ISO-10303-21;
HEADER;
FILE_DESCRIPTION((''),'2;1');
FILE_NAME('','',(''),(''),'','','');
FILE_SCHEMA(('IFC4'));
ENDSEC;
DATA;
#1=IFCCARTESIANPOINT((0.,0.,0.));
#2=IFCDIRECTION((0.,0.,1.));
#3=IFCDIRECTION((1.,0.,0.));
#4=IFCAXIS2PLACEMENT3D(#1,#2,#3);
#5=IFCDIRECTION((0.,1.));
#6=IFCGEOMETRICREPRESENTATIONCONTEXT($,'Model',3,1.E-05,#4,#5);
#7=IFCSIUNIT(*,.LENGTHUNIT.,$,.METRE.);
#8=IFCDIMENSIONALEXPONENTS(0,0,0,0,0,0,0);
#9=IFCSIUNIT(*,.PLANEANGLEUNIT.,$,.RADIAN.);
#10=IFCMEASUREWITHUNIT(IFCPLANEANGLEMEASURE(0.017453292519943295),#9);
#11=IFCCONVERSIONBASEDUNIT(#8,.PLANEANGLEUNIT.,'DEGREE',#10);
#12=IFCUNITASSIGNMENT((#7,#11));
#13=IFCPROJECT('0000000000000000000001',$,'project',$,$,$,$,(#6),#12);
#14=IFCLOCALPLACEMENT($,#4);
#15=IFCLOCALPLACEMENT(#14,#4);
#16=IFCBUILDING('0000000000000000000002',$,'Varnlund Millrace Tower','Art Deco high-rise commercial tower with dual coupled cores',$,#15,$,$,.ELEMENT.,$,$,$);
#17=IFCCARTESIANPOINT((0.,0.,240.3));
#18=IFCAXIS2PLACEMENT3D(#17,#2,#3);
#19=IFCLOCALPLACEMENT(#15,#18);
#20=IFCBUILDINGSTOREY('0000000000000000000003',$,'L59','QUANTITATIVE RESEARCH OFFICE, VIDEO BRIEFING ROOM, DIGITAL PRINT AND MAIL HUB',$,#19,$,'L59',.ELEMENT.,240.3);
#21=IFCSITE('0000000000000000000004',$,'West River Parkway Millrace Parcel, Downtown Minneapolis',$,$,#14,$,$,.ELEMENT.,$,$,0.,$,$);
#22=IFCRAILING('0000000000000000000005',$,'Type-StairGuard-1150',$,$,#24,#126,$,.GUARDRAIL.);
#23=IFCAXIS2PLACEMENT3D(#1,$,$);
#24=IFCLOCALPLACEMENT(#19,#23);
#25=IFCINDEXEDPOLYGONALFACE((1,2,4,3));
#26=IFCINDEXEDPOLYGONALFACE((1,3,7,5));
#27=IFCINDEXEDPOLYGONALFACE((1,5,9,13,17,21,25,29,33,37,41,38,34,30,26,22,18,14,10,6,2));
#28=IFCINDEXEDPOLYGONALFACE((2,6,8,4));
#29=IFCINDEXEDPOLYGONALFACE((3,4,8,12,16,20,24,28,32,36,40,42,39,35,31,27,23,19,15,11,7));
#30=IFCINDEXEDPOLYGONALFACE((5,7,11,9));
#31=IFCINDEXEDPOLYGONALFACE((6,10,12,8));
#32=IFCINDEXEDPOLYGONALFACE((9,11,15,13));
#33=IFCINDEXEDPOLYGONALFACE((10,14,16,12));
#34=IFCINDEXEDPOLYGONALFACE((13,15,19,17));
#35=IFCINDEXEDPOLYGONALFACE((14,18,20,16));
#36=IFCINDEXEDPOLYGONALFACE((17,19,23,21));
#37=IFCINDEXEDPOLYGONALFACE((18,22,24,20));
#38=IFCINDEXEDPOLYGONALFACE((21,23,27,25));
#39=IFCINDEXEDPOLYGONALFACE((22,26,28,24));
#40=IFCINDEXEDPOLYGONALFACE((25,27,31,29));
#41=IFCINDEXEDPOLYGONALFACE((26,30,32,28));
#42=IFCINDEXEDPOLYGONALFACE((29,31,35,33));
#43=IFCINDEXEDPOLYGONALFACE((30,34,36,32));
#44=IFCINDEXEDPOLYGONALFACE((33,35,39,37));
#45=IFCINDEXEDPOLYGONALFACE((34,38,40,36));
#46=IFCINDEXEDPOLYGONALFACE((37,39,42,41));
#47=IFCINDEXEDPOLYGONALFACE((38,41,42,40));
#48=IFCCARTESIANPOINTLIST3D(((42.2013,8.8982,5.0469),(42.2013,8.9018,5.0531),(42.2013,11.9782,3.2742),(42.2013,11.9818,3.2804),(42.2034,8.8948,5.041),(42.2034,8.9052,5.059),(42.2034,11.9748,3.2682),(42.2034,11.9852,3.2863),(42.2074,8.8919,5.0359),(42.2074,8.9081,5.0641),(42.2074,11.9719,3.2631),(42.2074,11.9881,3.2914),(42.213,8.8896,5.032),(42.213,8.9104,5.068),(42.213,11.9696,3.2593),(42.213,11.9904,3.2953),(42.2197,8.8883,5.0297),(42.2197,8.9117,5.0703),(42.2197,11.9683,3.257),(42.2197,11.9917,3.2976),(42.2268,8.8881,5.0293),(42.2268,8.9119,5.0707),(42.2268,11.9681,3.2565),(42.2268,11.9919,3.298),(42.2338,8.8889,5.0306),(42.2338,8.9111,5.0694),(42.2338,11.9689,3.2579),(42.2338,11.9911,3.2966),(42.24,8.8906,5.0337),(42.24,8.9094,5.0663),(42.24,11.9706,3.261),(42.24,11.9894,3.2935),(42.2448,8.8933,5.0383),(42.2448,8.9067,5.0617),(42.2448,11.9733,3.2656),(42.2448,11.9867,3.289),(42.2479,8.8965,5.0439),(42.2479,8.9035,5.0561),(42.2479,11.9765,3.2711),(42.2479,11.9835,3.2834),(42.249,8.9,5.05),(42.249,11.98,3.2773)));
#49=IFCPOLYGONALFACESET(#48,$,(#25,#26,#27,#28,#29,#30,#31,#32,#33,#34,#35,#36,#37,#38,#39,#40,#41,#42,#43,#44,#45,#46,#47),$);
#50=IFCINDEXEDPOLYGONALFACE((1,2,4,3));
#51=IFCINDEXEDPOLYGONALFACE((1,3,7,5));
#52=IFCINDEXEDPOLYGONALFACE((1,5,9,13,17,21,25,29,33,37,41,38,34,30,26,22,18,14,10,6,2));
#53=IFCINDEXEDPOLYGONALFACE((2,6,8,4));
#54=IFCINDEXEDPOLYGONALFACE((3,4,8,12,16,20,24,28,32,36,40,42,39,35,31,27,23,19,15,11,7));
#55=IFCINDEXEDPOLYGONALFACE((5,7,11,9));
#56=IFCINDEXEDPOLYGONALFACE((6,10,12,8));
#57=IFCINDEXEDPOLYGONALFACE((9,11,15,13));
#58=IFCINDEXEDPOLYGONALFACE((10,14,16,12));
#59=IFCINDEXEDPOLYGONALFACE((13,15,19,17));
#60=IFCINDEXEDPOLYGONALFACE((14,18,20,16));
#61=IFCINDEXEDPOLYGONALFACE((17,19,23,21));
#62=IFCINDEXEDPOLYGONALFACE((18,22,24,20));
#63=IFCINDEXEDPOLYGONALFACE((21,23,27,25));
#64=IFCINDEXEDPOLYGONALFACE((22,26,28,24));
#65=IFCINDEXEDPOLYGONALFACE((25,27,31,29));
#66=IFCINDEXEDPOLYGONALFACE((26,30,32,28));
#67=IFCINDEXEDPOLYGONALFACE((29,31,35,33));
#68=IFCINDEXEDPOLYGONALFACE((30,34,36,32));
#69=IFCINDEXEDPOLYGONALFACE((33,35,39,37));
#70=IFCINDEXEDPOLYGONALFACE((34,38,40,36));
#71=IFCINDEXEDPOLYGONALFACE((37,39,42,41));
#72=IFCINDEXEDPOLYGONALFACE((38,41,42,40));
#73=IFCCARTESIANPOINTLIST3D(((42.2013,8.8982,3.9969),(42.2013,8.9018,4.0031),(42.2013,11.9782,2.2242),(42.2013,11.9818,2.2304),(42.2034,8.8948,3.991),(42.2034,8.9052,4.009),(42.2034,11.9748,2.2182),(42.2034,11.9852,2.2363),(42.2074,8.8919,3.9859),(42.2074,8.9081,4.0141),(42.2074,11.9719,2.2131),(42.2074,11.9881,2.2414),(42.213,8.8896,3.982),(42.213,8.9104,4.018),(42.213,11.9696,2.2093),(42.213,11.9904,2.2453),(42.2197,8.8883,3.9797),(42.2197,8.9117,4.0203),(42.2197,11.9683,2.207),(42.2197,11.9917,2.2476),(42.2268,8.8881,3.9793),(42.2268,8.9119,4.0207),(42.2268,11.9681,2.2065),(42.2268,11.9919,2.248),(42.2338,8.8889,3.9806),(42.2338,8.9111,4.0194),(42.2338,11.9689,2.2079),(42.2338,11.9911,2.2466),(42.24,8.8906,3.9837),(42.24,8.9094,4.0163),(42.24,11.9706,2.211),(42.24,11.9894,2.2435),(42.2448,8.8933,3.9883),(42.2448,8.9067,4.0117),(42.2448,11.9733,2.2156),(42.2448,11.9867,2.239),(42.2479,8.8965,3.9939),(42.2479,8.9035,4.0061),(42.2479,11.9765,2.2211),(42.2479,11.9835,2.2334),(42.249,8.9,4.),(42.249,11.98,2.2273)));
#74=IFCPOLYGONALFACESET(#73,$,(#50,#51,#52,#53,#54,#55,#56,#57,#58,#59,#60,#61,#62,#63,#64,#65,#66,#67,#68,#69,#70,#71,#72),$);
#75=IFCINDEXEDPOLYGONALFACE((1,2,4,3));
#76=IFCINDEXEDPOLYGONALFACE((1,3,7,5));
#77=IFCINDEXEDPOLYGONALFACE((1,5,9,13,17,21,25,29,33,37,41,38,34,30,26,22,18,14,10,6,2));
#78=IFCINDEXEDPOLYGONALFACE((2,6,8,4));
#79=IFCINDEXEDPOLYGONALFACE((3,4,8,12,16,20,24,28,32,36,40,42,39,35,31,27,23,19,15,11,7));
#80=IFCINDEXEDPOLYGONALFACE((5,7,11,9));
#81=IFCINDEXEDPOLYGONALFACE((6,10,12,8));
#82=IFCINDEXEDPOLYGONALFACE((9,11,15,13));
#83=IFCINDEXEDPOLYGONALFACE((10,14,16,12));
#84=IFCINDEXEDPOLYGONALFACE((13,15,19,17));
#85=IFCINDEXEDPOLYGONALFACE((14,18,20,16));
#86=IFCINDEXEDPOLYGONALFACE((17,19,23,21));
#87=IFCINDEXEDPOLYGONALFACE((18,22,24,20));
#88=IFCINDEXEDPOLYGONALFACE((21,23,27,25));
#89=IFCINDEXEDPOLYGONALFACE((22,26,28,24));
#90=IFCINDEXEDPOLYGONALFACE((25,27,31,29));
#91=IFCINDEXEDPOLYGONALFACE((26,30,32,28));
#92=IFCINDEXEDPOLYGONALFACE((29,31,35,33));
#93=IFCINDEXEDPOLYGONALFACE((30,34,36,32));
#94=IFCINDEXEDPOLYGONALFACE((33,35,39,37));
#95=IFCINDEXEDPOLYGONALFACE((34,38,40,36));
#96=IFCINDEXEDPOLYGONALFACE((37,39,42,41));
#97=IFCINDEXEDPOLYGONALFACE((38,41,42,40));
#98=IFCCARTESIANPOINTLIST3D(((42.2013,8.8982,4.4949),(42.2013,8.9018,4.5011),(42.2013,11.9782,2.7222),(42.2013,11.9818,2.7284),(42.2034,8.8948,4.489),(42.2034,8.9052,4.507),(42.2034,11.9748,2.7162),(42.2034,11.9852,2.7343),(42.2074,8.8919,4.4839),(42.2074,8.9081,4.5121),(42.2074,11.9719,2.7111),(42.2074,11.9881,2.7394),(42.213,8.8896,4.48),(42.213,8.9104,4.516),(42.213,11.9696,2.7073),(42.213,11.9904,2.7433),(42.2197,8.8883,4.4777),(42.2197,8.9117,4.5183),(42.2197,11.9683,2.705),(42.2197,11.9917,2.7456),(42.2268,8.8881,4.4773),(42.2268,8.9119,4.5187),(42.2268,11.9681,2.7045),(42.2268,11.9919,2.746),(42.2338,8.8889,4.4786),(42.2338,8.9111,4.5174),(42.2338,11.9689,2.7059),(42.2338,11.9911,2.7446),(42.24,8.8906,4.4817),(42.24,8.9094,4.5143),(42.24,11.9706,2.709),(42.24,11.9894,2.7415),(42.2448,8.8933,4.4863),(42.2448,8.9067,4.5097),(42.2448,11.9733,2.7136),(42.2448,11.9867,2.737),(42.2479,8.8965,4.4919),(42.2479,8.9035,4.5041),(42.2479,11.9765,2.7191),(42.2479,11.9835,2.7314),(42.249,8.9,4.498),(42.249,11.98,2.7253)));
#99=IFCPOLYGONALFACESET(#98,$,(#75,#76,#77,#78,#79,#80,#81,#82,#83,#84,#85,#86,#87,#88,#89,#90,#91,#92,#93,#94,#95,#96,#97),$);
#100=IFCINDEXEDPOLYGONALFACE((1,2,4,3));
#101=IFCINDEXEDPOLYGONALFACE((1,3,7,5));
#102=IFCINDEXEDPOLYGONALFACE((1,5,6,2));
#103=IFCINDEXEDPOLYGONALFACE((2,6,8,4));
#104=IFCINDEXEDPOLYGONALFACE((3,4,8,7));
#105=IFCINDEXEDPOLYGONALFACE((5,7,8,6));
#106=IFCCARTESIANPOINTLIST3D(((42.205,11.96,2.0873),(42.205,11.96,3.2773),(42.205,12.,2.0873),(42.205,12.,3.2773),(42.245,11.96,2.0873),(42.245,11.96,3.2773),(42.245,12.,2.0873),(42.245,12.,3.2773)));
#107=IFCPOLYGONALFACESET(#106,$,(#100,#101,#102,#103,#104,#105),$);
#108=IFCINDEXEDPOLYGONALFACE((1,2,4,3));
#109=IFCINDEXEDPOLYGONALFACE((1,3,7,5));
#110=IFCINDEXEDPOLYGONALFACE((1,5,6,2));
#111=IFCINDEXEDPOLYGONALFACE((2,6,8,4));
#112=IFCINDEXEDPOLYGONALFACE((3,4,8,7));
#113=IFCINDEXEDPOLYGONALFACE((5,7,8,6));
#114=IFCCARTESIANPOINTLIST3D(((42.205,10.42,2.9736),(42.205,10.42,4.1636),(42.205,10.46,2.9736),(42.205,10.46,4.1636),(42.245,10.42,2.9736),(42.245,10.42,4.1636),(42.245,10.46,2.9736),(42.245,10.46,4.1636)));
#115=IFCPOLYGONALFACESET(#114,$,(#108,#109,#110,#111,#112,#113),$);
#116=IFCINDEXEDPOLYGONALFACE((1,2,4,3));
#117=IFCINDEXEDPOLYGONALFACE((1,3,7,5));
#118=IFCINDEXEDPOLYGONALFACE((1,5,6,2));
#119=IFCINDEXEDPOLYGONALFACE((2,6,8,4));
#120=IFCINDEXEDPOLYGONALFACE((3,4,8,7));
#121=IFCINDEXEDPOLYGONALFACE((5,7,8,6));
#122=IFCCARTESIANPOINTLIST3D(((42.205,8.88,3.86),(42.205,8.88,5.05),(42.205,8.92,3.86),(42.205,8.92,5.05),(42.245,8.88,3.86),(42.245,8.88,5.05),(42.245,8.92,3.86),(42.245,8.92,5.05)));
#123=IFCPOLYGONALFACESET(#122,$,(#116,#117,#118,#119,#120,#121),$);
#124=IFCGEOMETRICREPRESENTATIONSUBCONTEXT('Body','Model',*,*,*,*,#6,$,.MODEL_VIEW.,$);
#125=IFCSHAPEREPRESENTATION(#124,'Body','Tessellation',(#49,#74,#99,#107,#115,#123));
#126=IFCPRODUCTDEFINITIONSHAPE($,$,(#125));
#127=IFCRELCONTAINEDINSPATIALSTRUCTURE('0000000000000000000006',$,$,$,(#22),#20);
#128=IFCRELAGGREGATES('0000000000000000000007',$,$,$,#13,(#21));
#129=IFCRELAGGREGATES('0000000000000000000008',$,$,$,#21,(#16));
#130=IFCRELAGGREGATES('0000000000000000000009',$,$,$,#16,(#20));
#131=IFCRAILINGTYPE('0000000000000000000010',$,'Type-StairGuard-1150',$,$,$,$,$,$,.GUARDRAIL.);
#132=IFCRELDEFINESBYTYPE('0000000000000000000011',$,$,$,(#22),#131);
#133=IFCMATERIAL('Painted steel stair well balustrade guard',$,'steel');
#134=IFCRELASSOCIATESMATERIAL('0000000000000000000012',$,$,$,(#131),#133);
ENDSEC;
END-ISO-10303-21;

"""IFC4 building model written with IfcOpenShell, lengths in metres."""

from ifc_helpers import new_model, entity, si_unit, converted_unit, direction, frame, origin_with_axes, origin_2d_with_axis, place, context, subcontext, project, spatial, rectangle, circle, extrude, material, type_object, element, save


model = new_model("IFC4")

# Units and contexts
model_context = context("Model", 3, precision=1e-05, world=origin_with_axes(), true_north=direction((0.0, 1.0)))
body_context = subcontext(model_context, "Body", "Model", "MODEL_VIEW")
ifc_project = project(units=[si_unit("LENGTHUNIT", "METRE"), converted_unit("PLANEANGLEUNIT", "DEGREE", entity("IfcPlaneAngleMeasure", 0.017453292519943295), si_unit("PLANEANGLEUNIT", "RADIAN"), dimensions=[0, 0, 0, 0, 0, 0, 0])], contexts=[model_context])

# Site, building, storey
site_placement = place(None, origin_with_axes())
site = spatial("IfcSite", under=ifc_project, at=site_placement, Name="West River Parkway Millrace Parcel, Downtown Minneapolis", CompositionType="ELEMENT", RefElevation=0.0)
building_placement = place(site_placement, origin_with_axes())
building = spatial("IfcBuilding", under=site, at=building_placement, Name="Varnlund Millrace Tower", Description="Art Deco high-rise commercial tower with dual coupled cores", CompositionType="ELEMENT")
storey_placement = place(building_placement, frame((0.0, 0.0, 240.3), z_axis=(0.0, 0.0, 1.0), x_axis=(1.0, 0.0, 0.0)))
storey = spatial("IfcBuildingStorey", under=building, at=storey_placement, Name="L59", Description="QUANTITATIVE RESEARCH OFFICE, VIDEO BRIEFING ROOM, DIGITAL PRINT AND MAIL HUB", LongName="L59", CompositionType="ELEMENT", Elevation=240.3)

# Railing
ifc_material_1 = material(Name="Painted steel stair well balustrade guard", Category="steel")
railing_type_1 = type_object("IfcRailingType", Name="Type-StairGuard-1150", PredefinedType="GUARDRAIL", material=ifc_material_1)
railing_1_placement = place(storey_placement, frame((0.0, 0.0, -240.3), z_axis=(0.0, 0.0, 1.0), x_axis=(1.0, 0.0, 0.0)))
element("IfcRailing", 1, at=railing_1_placement, inside=storey, type_object=railing_type_1, Name="Type-StairGuard-1150", PredefinedType="GUARDRAIL", context=body_context, shape_type="SweptSolid", body=[
    extrude(circle(Radius=0.024, at=origin_2d_with_axis()), frame((42.225, 11.98, 243.5773), z_axis=(0.0, -0.866696, 0.498836), x_axis=(1.0, 0.0, 0.0)), (0.0, 0.0, 1.0), 3.5537),
    extrude(circle(Radius=0.024, at=origin_2d_with_axis()), frame((42.225, 11.98, 242.5273), z_axis=(0.0, -0.866696, 0.498836), x_axis=(1.0, 0.0, 0.0)), (0.0, 0.0, 1.0), 3.5537),
    extrude(circle(Radius=0.024, at=origin_2d_with_axis()), frame((42.225, 11.98, 243.0253), z_axis=(0.0, -0.866696, 0.498836), x_axis=(1.0, 0.0, 0.0)), (0.0, 0.0, 1.0), 3.5537),
    extrude(rectangle(XDim=0.04, YDim=0.04, at=origin_2d_with_axis()), frame((42.225, 11.98, 242.3873), z_axis=(0.0, 0.0, 1.0), x_axis=(1.0, 0.0, 0.0)), (0.0, 0.0, 1.0), 1.19),
    extrude(rectangle(XDim=0.04, YDim=0.04, at=origin_2d_with_axis()), frame((42.225, 10.44, 243.2736), z_axis=(0.0, 0.0, 1.0), x_axis=(1.0, 0.0, 0.0)), (0.0, 0.0, 1.0), 1.19),
    extrude(rectangle(XDim=0.04, YDim=0.04, at=origin_2d_with_axis()), frame((42.225, 8.9, 244.16), z_axis=(0.0, 0.0, 1.0), x_axis=(1.0, 0.0, 0.0)), (0.0, 0.0, 1.0), 1.19),
])

save(model, "model.ifc")
